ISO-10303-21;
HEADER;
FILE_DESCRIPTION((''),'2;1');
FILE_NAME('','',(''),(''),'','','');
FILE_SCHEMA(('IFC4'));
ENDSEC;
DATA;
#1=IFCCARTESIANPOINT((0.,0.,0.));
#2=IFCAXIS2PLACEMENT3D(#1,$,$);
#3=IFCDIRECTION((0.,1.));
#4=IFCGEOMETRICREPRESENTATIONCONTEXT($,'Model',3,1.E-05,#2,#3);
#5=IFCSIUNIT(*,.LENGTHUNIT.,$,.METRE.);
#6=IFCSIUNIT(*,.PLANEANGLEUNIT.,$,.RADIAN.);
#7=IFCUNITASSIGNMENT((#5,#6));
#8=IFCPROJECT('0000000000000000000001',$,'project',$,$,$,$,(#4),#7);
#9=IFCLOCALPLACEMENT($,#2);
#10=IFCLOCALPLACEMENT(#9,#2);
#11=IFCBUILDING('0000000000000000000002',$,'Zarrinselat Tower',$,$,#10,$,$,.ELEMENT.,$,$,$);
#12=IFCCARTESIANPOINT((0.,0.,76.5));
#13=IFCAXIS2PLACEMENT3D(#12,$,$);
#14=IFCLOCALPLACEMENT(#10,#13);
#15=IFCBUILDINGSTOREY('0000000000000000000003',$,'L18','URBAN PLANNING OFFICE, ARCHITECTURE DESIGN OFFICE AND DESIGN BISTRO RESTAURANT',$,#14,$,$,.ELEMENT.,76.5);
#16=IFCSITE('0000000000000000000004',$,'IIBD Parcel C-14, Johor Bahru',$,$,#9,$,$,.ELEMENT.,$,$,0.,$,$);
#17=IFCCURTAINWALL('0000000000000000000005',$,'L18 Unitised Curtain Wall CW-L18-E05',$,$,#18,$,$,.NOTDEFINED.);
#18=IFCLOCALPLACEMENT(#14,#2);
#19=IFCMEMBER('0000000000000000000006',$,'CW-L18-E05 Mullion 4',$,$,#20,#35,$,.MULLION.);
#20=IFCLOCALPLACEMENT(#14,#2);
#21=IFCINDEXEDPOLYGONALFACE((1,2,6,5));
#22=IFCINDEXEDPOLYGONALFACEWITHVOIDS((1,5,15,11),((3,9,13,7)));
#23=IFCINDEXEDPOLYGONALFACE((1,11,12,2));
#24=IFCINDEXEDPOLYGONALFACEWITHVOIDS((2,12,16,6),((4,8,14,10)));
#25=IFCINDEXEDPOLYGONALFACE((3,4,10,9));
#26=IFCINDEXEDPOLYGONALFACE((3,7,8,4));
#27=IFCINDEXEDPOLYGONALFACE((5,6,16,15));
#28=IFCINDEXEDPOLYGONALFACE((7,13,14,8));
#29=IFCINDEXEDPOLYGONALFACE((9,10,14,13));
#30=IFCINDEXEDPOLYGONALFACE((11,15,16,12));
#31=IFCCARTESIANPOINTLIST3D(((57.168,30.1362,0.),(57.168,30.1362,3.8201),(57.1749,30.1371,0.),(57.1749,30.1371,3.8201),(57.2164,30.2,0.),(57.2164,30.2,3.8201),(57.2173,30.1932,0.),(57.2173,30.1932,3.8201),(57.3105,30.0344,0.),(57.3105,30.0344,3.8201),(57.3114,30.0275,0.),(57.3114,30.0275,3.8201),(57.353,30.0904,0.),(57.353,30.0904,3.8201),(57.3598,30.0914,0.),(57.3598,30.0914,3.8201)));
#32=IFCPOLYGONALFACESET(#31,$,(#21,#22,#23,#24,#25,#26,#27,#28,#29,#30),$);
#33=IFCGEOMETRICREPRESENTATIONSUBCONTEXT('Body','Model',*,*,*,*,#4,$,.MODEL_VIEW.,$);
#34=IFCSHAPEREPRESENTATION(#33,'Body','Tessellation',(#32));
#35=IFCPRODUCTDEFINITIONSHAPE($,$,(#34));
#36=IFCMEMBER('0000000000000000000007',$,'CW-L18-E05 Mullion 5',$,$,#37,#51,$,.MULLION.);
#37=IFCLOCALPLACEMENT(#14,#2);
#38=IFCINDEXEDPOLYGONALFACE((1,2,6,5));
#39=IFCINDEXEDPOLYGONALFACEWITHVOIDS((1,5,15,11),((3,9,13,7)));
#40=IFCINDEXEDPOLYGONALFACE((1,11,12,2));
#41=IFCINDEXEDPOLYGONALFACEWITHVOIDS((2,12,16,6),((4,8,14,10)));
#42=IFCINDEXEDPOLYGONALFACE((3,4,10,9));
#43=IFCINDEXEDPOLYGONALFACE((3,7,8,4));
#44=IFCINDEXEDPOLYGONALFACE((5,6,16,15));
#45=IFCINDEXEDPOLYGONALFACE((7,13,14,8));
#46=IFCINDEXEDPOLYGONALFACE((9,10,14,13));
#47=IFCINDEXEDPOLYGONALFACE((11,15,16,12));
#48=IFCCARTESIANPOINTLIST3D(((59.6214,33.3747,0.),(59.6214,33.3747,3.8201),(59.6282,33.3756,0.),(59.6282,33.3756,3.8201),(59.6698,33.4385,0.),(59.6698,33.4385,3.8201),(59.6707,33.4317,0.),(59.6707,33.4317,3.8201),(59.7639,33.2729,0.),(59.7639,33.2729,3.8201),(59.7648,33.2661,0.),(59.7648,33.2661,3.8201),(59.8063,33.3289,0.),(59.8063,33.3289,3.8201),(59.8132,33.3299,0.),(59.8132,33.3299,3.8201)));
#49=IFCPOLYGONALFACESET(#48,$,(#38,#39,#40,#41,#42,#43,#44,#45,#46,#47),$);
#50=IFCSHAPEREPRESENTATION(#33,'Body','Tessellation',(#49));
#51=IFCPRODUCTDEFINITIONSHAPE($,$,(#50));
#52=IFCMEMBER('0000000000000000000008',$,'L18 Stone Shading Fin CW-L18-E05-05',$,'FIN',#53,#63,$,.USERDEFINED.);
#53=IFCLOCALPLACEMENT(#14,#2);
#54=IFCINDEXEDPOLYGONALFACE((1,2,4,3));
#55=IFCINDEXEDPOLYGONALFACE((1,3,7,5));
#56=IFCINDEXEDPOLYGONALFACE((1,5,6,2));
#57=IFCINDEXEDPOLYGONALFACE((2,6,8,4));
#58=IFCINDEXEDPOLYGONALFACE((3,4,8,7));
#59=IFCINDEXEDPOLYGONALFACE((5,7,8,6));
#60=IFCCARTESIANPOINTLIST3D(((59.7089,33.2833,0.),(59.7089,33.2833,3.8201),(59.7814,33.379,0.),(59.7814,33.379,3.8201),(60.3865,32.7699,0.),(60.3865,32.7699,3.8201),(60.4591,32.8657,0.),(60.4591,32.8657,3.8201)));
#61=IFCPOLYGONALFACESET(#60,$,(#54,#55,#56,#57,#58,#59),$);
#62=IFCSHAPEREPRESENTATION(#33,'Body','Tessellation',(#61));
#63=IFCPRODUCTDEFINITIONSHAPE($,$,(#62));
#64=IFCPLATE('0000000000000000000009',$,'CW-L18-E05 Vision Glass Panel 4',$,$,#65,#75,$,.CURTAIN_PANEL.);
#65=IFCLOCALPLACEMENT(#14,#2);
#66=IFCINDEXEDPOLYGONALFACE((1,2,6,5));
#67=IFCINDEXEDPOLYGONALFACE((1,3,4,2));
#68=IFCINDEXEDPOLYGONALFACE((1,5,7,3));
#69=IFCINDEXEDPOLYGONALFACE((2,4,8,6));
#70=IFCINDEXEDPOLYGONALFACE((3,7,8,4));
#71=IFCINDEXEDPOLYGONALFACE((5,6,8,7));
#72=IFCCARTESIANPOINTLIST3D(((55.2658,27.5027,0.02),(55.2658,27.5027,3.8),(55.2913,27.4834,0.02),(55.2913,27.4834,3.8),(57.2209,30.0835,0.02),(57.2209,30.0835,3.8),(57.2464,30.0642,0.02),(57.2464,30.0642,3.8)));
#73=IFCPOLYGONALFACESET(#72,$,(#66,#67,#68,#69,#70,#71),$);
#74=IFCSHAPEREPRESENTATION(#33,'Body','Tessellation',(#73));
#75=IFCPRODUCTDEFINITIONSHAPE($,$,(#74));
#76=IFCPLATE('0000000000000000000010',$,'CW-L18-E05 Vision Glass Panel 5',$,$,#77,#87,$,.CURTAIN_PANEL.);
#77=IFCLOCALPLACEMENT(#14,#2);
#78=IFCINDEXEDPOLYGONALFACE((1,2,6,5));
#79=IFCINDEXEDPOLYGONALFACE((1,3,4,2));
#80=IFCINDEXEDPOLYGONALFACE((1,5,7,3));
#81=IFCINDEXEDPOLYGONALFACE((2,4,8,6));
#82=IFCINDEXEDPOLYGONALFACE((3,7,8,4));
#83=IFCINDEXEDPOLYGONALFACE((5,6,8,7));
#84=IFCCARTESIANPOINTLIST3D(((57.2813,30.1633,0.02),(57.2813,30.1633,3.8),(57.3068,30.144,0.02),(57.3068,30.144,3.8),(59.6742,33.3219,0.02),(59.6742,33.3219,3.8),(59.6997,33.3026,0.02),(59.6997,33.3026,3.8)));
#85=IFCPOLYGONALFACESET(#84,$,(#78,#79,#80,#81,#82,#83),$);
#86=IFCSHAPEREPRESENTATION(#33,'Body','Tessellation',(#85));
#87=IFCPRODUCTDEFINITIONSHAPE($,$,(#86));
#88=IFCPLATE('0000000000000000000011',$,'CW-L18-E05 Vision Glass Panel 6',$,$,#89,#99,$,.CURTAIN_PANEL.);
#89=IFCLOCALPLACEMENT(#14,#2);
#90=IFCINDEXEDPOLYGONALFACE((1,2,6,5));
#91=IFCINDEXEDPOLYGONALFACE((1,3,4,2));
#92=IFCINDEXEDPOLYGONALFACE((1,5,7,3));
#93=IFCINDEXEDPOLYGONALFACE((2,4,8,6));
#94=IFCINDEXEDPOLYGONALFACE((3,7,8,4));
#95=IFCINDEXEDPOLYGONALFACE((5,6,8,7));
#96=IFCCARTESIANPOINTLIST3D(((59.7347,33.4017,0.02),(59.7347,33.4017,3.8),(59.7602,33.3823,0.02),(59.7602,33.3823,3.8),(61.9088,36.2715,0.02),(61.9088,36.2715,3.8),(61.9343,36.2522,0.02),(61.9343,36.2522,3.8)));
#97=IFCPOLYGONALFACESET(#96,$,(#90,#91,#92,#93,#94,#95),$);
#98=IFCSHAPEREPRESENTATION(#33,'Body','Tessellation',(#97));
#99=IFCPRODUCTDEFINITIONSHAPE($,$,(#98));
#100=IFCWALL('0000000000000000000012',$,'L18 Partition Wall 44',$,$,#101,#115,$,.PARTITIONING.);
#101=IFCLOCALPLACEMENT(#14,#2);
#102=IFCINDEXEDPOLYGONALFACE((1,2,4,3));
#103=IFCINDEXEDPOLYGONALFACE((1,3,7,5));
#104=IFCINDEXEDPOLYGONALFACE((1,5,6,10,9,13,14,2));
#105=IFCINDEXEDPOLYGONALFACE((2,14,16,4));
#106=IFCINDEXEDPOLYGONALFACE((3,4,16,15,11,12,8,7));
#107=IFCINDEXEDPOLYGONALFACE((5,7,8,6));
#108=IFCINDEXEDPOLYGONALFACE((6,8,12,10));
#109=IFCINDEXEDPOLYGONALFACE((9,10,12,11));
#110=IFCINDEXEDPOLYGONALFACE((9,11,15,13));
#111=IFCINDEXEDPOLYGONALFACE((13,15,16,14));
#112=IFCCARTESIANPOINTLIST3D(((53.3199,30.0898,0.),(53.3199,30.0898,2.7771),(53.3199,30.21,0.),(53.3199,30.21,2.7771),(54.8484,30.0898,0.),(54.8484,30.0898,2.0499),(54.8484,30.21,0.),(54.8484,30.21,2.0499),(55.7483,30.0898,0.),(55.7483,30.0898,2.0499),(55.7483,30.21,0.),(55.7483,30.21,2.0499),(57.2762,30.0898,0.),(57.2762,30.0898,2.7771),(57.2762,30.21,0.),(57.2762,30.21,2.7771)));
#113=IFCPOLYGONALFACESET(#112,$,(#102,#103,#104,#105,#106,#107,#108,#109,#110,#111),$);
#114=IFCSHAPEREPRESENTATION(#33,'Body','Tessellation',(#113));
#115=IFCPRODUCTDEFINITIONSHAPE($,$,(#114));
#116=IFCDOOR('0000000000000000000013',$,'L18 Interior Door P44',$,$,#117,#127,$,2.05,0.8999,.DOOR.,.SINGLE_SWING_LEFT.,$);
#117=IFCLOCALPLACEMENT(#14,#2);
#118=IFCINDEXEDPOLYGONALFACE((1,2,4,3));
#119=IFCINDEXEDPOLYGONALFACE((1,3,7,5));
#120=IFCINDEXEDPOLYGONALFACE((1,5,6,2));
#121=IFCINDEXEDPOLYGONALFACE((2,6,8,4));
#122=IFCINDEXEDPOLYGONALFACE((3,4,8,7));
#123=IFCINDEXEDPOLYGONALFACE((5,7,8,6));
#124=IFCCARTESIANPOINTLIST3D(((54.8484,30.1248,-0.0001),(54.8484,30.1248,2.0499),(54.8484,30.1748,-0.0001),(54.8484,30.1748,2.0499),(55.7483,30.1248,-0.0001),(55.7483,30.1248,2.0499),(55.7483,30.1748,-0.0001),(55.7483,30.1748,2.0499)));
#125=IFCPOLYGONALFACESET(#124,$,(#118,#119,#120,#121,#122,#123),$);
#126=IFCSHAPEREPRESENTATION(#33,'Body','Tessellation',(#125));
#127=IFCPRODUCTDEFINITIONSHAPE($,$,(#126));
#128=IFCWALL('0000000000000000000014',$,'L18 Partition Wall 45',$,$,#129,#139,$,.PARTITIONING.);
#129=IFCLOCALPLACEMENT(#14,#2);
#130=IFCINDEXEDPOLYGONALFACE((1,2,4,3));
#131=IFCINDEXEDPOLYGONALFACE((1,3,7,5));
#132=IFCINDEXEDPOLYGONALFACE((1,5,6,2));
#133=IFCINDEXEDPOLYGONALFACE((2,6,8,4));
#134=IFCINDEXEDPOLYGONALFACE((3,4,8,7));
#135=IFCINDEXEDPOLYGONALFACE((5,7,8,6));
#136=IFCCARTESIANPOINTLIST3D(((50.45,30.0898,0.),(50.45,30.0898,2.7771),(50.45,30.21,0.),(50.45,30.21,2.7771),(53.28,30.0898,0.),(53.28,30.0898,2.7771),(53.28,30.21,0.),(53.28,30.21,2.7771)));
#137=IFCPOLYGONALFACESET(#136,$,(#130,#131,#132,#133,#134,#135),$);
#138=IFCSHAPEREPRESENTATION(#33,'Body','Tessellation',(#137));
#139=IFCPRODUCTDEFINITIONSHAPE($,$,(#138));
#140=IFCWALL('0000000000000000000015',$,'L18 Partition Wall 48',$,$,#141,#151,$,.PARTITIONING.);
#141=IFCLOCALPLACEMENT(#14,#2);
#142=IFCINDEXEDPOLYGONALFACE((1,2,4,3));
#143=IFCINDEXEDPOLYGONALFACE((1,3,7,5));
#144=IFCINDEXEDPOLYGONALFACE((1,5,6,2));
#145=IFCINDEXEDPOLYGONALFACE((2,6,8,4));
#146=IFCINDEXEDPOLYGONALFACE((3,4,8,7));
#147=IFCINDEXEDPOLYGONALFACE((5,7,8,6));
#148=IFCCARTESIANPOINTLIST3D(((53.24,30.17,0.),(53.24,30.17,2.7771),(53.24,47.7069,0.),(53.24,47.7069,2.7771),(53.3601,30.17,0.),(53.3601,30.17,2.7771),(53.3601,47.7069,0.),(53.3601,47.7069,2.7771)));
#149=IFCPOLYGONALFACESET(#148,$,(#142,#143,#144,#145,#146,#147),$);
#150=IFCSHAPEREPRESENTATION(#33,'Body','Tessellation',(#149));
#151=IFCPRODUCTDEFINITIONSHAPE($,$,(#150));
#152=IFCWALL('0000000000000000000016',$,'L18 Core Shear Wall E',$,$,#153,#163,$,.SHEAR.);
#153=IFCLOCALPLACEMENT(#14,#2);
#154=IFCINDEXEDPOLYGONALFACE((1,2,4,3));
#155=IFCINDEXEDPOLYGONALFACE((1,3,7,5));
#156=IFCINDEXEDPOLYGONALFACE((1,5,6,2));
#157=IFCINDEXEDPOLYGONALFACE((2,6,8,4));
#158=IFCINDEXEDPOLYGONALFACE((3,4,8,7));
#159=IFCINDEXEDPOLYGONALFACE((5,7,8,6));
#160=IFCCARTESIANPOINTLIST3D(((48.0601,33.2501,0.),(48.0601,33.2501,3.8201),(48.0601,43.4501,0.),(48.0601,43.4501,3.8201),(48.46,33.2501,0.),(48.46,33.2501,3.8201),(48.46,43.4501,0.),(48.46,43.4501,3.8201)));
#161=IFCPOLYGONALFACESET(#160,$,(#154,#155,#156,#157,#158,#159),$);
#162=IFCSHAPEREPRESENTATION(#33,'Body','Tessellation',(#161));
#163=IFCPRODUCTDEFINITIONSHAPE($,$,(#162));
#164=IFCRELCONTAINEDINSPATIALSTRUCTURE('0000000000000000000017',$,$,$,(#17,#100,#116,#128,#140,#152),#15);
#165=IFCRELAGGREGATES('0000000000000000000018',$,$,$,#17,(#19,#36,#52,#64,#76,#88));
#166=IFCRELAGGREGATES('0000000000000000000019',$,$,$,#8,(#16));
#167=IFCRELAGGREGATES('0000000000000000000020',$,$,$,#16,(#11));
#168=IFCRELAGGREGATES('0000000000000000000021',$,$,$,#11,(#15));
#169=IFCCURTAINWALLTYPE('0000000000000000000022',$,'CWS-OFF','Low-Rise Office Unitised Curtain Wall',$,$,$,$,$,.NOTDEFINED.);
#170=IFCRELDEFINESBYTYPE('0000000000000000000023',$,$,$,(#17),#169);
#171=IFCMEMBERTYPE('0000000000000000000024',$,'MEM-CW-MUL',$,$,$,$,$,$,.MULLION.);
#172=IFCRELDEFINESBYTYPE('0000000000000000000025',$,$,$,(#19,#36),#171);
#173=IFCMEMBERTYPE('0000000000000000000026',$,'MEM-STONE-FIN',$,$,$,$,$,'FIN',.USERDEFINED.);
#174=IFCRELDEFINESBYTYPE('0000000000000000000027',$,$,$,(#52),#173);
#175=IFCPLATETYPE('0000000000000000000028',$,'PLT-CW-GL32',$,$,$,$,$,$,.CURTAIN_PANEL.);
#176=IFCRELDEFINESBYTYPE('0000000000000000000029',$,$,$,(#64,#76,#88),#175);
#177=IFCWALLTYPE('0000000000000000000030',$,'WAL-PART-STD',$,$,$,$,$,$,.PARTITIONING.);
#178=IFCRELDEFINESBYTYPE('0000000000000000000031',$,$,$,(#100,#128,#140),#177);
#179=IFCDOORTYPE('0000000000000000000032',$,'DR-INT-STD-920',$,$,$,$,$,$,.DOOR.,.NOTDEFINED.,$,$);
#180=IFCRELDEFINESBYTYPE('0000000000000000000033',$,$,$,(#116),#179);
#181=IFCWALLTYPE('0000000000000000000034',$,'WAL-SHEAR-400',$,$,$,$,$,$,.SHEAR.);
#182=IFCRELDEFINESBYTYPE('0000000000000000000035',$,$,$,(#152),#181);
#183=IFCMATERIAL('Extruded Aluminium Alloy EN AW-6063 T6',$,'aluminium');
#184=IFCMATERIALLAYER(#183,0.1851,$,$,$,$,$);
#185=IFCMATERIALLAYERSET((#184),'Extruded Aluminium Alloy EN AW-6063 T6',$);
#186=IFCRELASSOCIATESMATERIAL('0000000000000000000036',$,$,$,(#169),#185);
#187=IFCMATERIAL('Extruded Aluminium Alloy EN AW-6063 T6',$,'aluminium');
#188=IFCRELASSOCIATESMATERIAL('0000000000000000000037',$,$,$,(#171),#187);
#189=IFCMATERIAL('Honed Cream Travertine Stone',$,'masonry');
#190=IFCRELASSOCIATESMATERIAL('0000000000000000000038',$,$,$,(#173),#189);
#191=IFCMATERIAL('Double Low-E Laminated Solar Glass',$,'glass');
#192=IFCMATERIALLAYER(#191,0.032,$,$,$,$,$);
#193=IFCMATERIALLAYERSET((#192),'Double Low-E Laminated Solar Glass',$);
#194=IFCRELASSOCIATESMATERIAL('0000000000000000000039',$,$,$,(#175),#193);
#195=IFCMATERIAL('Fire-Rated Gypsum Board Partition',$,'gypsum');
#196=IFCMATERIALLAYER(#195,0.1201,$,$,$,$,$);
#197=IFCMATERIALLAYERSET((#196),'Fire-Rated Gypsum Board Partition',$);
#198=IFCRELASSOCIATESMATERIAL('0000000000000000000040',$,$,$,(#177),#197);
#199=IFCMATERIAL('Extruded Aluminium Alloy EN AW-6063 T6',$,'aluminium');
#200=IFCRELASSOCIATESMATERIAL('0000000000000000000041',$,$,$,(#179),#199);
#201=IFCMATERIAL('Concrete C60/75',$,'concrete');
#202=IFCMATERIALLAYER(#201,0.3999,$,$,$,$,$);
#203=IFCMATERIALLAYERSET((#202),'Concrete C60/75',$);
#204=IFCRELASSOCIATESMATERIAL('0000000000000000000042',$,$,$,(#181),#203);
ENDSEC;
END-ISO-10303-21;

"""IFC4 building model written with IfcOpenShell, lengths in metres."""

from ifc_helpers import new_model, si_unit, direction, frame, frame_2d, origin, origin_2d, place, context, subcontext, project, spatial, rectangle, hollow_rectangle, extrude, material, layer, layer_set, material_profile, profile_set, type_object, element, fill, aggregate, save


model = new_model("IFC4")

# Units and contexts
model_context = context("Model", 3, precision=1e-05, world=origin(), true_north=direction((0.0, 1.0)))
body_context = subcontext(model_context, "Body", "Model", "MODEL_VIEW")
ifc_project = project(units=[si_unit("LENGTHUNIT", "METRE"), si_unit("PLANEANGLEUNIT", "RADIAN")], contexts=[model_context])

# Site, building, storey
site_placement = place(None, origin())
site = spatial("IfcSite", under=ifc_project, at=site_placement, Name="IIBD Parcel C-14, Johor Bahru", CompositionType="ELEMENT", RefElevation=0.0)
building_placement = place(site_placement, origin())
building = spatial("IfcBuilding", under=site, at=building_placement, Name="Zarrinselat Tower", CompositionType="ELEMENT")
storey_placement = place(building_placement, frame((0.0, 0.0, 76.5)))
storey = spatial("IfcBuildingStorey", under=building, at=storey_placement, Name="L18", Description="URBAN PLANNING OFFICE, ARCHITECTURE DESIGN OFFICE AND DESIGN BISTRO RESTAURANT", CompositionType="ELEMENT", Elevation=76.5)

# Curtain wall, members, plates
ifc_material_1 = material(Name="Extruded Aluminium Alloy EN AW-6063 T6", Category="aluminium")
ifc_layer_1 = layer(ifc_material_1, 0.1851)
ifc_layer_set_1 = layer_set([ifc_layer_1], Name="Extruded Aluminium Alloy EN AW-6063 T6")
curtain_wall_type = type_object("IfcCurtainWallType", Name="CWS-OFF", Description="Low-Rise Office Unitised Curtain Wall", PredefinedType="NOTDEFINED", material=ifc_layer_set_1)
curtain_wall_placement = place(storey_placement, origin())
curtain_wall = element("IfcCurtainWall", 1, at=curtain_wall_placement, inside=storey, type_object=curtain_wall_type, Name="L18 Unitised Curtain Wall CW-L18-E05", PredefinedType="NOTDEFINED")
ifc_material_2 = material(Name="Extruded Aluminium Alloy EN AW-6063 T6", Category="aluminium")
ifc_material_profile_1 = material_profile(ifc_material_2, hollow_rectangle(XDim=0.0801, YDim=0.1799, WallThickness=0.0049, at=origin_2d()), Name="RHS 180x80x5")
ifc_profile_set_1 = profile_set([ifc_material_profile_1], Name="Extruded Aluminium Alloy EN AW-6063 T6")
member_type_1 = type_object("IfcMemberType", Name="MEM-CW-MUL", PredefinedType="MULLION", material=ifc_profile_set_1)
member_1_placement = place(storey_placement, frame((57.2639, 30.1138, 0.0), z_axis=(0.0, 0.0, 1.0), x_axis=(0.603855, 0.797094, 0.0)))
member_1 = element("IfcMember", 2, at=member_1_placement, type_object=member_type_1, Name="CW-L18-E05 Mullion 4", PredefinedType="MULLION", context=body_context, shape_type="SweptSolid", body=[
    extrude(hollow_rectangle(XDim=0.0801, YDim=0.1799, WallThickness=0.0049, at=origin_2d()), origin(), (0.0, 0.0, 1.0), 3.8201),
])
member_2_placement = place(storey_placement, frame((59.7173, 33.3523, 0.0), z_axis=(0.0, 0.0, 1.0), x_axis=(0.603855, 0.797094, 0.0)))
member_2 = element("IfcMember", 3, at=member_2_placement, type_object=member_type_1, Name="CW-L18-E05 Mullion 5", PredefinedType="MULLION", context=body_context, shape_type="SweptSolid", body=[
    extrude(hollow_rectangle(XDim=0.0801, YDim=0.1799, WallThickness=0.0049, at=origin_2d()), origin(), (0.0, 0.0, 1.0), 3.8201),
])
ifc_material_3 = material(Name="Honed Cream Travertine Stone", Category="masonry")
ifc_material_profile_2 = material_profile(ifc_material_3, rectangle(XDim=0.1201, YDim=0.8501, at=origin_2d()), Name="FIN 850x120")
ifc_profile_set_2 = profile_set([ifc_material_profile_2], Name="Honed Cream Travertine Stone")
member_type_2 = type_object("IfcMemberType", Name="MEM-STONE-FIN", ElementType="FIN", PredefinedType="USERDEFINED", material=ifc_profile_set_2)
member_3_placement = place(storey_placement, frame((60.084, 33.0745, 0.0), z_axis=(0.0, 0.0, 1.0), x_axis=(-0.603855, -0.797094, 0.0)))
member_3 = element("IfcMember", 4, at=member_3_placement, type_object=member_type_2, Name="L18 Stone Shading Fin CW-L18-E05-05", ObjectType="FIN", PredefinedType="USERDEFINED", context=body_context, shape_type="SweptSolid", body=[
    extrude(rectangle(XDim=0.1201, YDim=0.8501, at=origin_2d()), origin(), (0.0, 0.0, 1.0), 3.8201),
])
ifc_material_4 = material(Name="Double Low-E Laminated Solar Glass", Category="glass")
ifc_layer_2 = layer(ifc_material_4, 0.032)
ifc_layer_set_2 = layer_set([ifc_layer_2], Name="Double Low-E Laminated Solar Glass")
plate_type = type_object("IfcPlateType", Name="PLT-CW-GL32", PredefinedType="CURTAIN_PANEL", material=ifc_layer_set_2)
plate_1_placement = place(storey_placement, frame((56.2561, 28.7834, 0.02), z_axis=(0.0, 0.0, 1.0), x_axis=(0.603855, 0.797094, 0.0)))
plate_1 = element("IfcPlate", 5, at=plate_1_placement, type_object=plate_type, Name="CW-L18-E05 Vision Glass Panel 4", PredefinedType="CURTAIN_PANEL", context=body_context, shape_type="SweptSolid", body=[
    extrude(rectangle(XDim=3.2378, YDim=0.032, at=origin_2d()), origin(), (0.0, 0.0, 1.0), 3.78),
])
plate_2_placement = place(storey_placement, frame((58.4905, 31.7329, 0.02), z_axis=(0.0, 0.0, 1.0), x_axis=(0.603855, 0.797094, 0.0)))
plate_2 = element("IfcPlate", 6, at=plate_2_placement, type_object=plate_type, Name="CW-L18-E05 Vision Glass Panel 5", PredefinedType="CURTAIN_PANEL", context=body_context, shape_type="SweptSolid", body=[
    extrude(rectangle(XDim=3.9626, YDim=0.032, at=origin_2d()), origin(), (0.0, 0.0, 1.0), 3.78),
])
plate_3_placement = place(storey_placement, frame((60.8345, 34.8269, 0.02), z_axis=(0.0, 0.0, 1.0), x_axis=(0.603855, 0.797094, 0.0)))
plate_3 = element("IfcPlate", 7, at=plate_3_placement, type_object=plate_type, Name="CW-L18-E05 Vision Glass Panel 6", PredefinedType="CURTAIN_PANEL", context=body_context, shape_type="SweptSolid", body=[
    extrude(rectangle(XDim=3.6003, YDim=0.032, at=origin_2d()), origin(), (0.0, 0.0, 1.0), 3.78),
])
aggregate(curtain_wall, [member_1, member_2, member_3, plate_1, plate_2, plate_3])

# Wall, opening, door
ifc_material_5 = material(Name="Fire-Rated Gypsum Board Partition", Category="gypsum")
ifc_layer_3 = layer(ifc_material_5, 0.1201)
ifc_layer_set_3 = layer_set([ifc_layer_3], Name="Fire-Rated Gypsum Board Partition")
wall_type_1 = type_object("IfcWallType", Name="WAL-PART-STD", PredefinedType="PARTITIONING", material=ifc_layer_set_3)
wall_1_placement = place(storey_placement, frame((53.3201, 30.1499, 0.0), z_axis=(0.0, 0.0, 1.0), x_axis=(1.0, 0.0, 0.0)))
wall_1 = element("IfcWall", 8, at=wall_1_placement, inside=storey, type_object=wall_type_1, Name="L18 Partition Wall 44", PredefinedType="PARTITIONING", context=body_context, shape_type="SweptSolid", body=[
    extrude(rectangle(XDim=3.9563, YDim=0.1201, at=frame_2d((1.978, 0.0))), origin(), (0.0, 0.0, 1.0), 2.7771),
])
opening_placement = place(wall_1_placement, frame((1.5283, 0.0, 0.0)))
opening = element("IfcOpeningElement", 9, at=opening_placement, cuts=wall_1, PredefinedType="OPENING", context=body_context, shape_type="SweptSolid", body=[
    extrude(rectangle(XDim=0.8999, YDim=2.05, at=frame_2d((0.45, 1.0249))), frame((0.0, 0.0701, 0.0), z_axis=(0.0, -1.0, 0.0), x_axis=(1.0, 0.0, 0.0)), (0.0, 0.0, 1.0), 0.1401),
])
ifc_material_6 = material(Name="Extruded Aluminium Alloy EN AW-6063 T6", Category="aluminium")
door_type = type_object("IfcDoorType", Name="DR-INT-STD-920", OperationType="NOTDEFINED", PredefinedType="DOOR", material=ifc_material_6)
door_placement = place(opening_placement, origin())
door = element("IfcDoor", 10, at=door_placement, inside=storey, type_object=door_type, Name="L18 Interior Door P44", OperationType="SINGLE_SWING_LEFT", OverallHeight=2.05, OverallWidth=0.8999, PredefinedType="DOOR", context=body_context, shape_type="SweptSolid", body=[
    extrude(rectangle(XDim=0.8999, YDim=2.05, at=frame_2d((0.45, 1.0249))), frame((0.0, 0.0249, 0.0), z_axis=(0.0, -1.0, 0.0), x_axis=(1.0, 0.0, 0.0)), (0.0, 0.0, 1.0), 0.05),
])
fill(opening, door)

# Walls
wall_2_placement = place(storey_placement, frame((50.45, 30.1499, 0.0), z_axis=(0.0, 0.0, 1.0), x_axis=(1.0, 0.0, 0.0)))
element("IfcWall", 11, at=wall_2_placement, inside=storey, type_object=wall_type_1, Name="L18 Partition Wall 45", PredefinedType="PARTITIONING", context=body_context, shape_type="SweptSolid", body=[
    extrude(rectangle(XDim=2.8301, YDim=0.1201, at=frame_2d((1.415, 0.0))), origin(), (0.0, 0.0, 1.0), 2.7771),
])
wall_3_placement = place(storey_placement, frame((53.3, 30.1699, 0.0), z_axis=(0.0, 0.0, 1.0), x_axis=(0.0, 1.0, 0.0)))
element("IfcWall", 12, at=wall_3_placement, inside=storey, type_object=wall_type_1, Name="L18 Partition Wall 48", PredefinedType="PARTITIONING", context=body_context, shape_type="SweptSolid", body=[
    extrude(rectangle(XDim=17.5369, YDim=0.1201, at=frame_2d((8.7686, 0.0))), origin(), (0.0, 0.0, 1.0), 2.7771),
])
ifc_material_7 = material(Name="Concrete C60/75", Category="concrete")
ifc_layer_4 = layer(ifc_material_7, 0.3999)
ifc_layer_set_4 = layer_set([ifc_layer_4], Name="Concrete C60/75")
wall_type_2 = type_object("IfcWallType", Name="WAL-SHEAR-400", PredefinedType="SHEAR", material=ifc_layer_set_4)
wall_4_placement = place(storey_placement, frame((48.26, 33.25, 0.0), z_axis=(0.0, 0.0, 1.0), x_axis=(0.0, 1.0, 0.0)))
element("IfcWall", 13, at=wall_4_placement, inside=storey, type_object=wall_type_2, Name="L18 Core Shear Wall E", PredefinedType="SHEAR", context=body_context, shape_type="SweptSolid", body=[
    extrude(rectangle(XDim=10.2, YDim=0.3999, at=frame_2d((5.1001, 0.0))), origin(), (0.0, 0.0, 1.0), 3.8201),
])

save(model, "model.ifc")
